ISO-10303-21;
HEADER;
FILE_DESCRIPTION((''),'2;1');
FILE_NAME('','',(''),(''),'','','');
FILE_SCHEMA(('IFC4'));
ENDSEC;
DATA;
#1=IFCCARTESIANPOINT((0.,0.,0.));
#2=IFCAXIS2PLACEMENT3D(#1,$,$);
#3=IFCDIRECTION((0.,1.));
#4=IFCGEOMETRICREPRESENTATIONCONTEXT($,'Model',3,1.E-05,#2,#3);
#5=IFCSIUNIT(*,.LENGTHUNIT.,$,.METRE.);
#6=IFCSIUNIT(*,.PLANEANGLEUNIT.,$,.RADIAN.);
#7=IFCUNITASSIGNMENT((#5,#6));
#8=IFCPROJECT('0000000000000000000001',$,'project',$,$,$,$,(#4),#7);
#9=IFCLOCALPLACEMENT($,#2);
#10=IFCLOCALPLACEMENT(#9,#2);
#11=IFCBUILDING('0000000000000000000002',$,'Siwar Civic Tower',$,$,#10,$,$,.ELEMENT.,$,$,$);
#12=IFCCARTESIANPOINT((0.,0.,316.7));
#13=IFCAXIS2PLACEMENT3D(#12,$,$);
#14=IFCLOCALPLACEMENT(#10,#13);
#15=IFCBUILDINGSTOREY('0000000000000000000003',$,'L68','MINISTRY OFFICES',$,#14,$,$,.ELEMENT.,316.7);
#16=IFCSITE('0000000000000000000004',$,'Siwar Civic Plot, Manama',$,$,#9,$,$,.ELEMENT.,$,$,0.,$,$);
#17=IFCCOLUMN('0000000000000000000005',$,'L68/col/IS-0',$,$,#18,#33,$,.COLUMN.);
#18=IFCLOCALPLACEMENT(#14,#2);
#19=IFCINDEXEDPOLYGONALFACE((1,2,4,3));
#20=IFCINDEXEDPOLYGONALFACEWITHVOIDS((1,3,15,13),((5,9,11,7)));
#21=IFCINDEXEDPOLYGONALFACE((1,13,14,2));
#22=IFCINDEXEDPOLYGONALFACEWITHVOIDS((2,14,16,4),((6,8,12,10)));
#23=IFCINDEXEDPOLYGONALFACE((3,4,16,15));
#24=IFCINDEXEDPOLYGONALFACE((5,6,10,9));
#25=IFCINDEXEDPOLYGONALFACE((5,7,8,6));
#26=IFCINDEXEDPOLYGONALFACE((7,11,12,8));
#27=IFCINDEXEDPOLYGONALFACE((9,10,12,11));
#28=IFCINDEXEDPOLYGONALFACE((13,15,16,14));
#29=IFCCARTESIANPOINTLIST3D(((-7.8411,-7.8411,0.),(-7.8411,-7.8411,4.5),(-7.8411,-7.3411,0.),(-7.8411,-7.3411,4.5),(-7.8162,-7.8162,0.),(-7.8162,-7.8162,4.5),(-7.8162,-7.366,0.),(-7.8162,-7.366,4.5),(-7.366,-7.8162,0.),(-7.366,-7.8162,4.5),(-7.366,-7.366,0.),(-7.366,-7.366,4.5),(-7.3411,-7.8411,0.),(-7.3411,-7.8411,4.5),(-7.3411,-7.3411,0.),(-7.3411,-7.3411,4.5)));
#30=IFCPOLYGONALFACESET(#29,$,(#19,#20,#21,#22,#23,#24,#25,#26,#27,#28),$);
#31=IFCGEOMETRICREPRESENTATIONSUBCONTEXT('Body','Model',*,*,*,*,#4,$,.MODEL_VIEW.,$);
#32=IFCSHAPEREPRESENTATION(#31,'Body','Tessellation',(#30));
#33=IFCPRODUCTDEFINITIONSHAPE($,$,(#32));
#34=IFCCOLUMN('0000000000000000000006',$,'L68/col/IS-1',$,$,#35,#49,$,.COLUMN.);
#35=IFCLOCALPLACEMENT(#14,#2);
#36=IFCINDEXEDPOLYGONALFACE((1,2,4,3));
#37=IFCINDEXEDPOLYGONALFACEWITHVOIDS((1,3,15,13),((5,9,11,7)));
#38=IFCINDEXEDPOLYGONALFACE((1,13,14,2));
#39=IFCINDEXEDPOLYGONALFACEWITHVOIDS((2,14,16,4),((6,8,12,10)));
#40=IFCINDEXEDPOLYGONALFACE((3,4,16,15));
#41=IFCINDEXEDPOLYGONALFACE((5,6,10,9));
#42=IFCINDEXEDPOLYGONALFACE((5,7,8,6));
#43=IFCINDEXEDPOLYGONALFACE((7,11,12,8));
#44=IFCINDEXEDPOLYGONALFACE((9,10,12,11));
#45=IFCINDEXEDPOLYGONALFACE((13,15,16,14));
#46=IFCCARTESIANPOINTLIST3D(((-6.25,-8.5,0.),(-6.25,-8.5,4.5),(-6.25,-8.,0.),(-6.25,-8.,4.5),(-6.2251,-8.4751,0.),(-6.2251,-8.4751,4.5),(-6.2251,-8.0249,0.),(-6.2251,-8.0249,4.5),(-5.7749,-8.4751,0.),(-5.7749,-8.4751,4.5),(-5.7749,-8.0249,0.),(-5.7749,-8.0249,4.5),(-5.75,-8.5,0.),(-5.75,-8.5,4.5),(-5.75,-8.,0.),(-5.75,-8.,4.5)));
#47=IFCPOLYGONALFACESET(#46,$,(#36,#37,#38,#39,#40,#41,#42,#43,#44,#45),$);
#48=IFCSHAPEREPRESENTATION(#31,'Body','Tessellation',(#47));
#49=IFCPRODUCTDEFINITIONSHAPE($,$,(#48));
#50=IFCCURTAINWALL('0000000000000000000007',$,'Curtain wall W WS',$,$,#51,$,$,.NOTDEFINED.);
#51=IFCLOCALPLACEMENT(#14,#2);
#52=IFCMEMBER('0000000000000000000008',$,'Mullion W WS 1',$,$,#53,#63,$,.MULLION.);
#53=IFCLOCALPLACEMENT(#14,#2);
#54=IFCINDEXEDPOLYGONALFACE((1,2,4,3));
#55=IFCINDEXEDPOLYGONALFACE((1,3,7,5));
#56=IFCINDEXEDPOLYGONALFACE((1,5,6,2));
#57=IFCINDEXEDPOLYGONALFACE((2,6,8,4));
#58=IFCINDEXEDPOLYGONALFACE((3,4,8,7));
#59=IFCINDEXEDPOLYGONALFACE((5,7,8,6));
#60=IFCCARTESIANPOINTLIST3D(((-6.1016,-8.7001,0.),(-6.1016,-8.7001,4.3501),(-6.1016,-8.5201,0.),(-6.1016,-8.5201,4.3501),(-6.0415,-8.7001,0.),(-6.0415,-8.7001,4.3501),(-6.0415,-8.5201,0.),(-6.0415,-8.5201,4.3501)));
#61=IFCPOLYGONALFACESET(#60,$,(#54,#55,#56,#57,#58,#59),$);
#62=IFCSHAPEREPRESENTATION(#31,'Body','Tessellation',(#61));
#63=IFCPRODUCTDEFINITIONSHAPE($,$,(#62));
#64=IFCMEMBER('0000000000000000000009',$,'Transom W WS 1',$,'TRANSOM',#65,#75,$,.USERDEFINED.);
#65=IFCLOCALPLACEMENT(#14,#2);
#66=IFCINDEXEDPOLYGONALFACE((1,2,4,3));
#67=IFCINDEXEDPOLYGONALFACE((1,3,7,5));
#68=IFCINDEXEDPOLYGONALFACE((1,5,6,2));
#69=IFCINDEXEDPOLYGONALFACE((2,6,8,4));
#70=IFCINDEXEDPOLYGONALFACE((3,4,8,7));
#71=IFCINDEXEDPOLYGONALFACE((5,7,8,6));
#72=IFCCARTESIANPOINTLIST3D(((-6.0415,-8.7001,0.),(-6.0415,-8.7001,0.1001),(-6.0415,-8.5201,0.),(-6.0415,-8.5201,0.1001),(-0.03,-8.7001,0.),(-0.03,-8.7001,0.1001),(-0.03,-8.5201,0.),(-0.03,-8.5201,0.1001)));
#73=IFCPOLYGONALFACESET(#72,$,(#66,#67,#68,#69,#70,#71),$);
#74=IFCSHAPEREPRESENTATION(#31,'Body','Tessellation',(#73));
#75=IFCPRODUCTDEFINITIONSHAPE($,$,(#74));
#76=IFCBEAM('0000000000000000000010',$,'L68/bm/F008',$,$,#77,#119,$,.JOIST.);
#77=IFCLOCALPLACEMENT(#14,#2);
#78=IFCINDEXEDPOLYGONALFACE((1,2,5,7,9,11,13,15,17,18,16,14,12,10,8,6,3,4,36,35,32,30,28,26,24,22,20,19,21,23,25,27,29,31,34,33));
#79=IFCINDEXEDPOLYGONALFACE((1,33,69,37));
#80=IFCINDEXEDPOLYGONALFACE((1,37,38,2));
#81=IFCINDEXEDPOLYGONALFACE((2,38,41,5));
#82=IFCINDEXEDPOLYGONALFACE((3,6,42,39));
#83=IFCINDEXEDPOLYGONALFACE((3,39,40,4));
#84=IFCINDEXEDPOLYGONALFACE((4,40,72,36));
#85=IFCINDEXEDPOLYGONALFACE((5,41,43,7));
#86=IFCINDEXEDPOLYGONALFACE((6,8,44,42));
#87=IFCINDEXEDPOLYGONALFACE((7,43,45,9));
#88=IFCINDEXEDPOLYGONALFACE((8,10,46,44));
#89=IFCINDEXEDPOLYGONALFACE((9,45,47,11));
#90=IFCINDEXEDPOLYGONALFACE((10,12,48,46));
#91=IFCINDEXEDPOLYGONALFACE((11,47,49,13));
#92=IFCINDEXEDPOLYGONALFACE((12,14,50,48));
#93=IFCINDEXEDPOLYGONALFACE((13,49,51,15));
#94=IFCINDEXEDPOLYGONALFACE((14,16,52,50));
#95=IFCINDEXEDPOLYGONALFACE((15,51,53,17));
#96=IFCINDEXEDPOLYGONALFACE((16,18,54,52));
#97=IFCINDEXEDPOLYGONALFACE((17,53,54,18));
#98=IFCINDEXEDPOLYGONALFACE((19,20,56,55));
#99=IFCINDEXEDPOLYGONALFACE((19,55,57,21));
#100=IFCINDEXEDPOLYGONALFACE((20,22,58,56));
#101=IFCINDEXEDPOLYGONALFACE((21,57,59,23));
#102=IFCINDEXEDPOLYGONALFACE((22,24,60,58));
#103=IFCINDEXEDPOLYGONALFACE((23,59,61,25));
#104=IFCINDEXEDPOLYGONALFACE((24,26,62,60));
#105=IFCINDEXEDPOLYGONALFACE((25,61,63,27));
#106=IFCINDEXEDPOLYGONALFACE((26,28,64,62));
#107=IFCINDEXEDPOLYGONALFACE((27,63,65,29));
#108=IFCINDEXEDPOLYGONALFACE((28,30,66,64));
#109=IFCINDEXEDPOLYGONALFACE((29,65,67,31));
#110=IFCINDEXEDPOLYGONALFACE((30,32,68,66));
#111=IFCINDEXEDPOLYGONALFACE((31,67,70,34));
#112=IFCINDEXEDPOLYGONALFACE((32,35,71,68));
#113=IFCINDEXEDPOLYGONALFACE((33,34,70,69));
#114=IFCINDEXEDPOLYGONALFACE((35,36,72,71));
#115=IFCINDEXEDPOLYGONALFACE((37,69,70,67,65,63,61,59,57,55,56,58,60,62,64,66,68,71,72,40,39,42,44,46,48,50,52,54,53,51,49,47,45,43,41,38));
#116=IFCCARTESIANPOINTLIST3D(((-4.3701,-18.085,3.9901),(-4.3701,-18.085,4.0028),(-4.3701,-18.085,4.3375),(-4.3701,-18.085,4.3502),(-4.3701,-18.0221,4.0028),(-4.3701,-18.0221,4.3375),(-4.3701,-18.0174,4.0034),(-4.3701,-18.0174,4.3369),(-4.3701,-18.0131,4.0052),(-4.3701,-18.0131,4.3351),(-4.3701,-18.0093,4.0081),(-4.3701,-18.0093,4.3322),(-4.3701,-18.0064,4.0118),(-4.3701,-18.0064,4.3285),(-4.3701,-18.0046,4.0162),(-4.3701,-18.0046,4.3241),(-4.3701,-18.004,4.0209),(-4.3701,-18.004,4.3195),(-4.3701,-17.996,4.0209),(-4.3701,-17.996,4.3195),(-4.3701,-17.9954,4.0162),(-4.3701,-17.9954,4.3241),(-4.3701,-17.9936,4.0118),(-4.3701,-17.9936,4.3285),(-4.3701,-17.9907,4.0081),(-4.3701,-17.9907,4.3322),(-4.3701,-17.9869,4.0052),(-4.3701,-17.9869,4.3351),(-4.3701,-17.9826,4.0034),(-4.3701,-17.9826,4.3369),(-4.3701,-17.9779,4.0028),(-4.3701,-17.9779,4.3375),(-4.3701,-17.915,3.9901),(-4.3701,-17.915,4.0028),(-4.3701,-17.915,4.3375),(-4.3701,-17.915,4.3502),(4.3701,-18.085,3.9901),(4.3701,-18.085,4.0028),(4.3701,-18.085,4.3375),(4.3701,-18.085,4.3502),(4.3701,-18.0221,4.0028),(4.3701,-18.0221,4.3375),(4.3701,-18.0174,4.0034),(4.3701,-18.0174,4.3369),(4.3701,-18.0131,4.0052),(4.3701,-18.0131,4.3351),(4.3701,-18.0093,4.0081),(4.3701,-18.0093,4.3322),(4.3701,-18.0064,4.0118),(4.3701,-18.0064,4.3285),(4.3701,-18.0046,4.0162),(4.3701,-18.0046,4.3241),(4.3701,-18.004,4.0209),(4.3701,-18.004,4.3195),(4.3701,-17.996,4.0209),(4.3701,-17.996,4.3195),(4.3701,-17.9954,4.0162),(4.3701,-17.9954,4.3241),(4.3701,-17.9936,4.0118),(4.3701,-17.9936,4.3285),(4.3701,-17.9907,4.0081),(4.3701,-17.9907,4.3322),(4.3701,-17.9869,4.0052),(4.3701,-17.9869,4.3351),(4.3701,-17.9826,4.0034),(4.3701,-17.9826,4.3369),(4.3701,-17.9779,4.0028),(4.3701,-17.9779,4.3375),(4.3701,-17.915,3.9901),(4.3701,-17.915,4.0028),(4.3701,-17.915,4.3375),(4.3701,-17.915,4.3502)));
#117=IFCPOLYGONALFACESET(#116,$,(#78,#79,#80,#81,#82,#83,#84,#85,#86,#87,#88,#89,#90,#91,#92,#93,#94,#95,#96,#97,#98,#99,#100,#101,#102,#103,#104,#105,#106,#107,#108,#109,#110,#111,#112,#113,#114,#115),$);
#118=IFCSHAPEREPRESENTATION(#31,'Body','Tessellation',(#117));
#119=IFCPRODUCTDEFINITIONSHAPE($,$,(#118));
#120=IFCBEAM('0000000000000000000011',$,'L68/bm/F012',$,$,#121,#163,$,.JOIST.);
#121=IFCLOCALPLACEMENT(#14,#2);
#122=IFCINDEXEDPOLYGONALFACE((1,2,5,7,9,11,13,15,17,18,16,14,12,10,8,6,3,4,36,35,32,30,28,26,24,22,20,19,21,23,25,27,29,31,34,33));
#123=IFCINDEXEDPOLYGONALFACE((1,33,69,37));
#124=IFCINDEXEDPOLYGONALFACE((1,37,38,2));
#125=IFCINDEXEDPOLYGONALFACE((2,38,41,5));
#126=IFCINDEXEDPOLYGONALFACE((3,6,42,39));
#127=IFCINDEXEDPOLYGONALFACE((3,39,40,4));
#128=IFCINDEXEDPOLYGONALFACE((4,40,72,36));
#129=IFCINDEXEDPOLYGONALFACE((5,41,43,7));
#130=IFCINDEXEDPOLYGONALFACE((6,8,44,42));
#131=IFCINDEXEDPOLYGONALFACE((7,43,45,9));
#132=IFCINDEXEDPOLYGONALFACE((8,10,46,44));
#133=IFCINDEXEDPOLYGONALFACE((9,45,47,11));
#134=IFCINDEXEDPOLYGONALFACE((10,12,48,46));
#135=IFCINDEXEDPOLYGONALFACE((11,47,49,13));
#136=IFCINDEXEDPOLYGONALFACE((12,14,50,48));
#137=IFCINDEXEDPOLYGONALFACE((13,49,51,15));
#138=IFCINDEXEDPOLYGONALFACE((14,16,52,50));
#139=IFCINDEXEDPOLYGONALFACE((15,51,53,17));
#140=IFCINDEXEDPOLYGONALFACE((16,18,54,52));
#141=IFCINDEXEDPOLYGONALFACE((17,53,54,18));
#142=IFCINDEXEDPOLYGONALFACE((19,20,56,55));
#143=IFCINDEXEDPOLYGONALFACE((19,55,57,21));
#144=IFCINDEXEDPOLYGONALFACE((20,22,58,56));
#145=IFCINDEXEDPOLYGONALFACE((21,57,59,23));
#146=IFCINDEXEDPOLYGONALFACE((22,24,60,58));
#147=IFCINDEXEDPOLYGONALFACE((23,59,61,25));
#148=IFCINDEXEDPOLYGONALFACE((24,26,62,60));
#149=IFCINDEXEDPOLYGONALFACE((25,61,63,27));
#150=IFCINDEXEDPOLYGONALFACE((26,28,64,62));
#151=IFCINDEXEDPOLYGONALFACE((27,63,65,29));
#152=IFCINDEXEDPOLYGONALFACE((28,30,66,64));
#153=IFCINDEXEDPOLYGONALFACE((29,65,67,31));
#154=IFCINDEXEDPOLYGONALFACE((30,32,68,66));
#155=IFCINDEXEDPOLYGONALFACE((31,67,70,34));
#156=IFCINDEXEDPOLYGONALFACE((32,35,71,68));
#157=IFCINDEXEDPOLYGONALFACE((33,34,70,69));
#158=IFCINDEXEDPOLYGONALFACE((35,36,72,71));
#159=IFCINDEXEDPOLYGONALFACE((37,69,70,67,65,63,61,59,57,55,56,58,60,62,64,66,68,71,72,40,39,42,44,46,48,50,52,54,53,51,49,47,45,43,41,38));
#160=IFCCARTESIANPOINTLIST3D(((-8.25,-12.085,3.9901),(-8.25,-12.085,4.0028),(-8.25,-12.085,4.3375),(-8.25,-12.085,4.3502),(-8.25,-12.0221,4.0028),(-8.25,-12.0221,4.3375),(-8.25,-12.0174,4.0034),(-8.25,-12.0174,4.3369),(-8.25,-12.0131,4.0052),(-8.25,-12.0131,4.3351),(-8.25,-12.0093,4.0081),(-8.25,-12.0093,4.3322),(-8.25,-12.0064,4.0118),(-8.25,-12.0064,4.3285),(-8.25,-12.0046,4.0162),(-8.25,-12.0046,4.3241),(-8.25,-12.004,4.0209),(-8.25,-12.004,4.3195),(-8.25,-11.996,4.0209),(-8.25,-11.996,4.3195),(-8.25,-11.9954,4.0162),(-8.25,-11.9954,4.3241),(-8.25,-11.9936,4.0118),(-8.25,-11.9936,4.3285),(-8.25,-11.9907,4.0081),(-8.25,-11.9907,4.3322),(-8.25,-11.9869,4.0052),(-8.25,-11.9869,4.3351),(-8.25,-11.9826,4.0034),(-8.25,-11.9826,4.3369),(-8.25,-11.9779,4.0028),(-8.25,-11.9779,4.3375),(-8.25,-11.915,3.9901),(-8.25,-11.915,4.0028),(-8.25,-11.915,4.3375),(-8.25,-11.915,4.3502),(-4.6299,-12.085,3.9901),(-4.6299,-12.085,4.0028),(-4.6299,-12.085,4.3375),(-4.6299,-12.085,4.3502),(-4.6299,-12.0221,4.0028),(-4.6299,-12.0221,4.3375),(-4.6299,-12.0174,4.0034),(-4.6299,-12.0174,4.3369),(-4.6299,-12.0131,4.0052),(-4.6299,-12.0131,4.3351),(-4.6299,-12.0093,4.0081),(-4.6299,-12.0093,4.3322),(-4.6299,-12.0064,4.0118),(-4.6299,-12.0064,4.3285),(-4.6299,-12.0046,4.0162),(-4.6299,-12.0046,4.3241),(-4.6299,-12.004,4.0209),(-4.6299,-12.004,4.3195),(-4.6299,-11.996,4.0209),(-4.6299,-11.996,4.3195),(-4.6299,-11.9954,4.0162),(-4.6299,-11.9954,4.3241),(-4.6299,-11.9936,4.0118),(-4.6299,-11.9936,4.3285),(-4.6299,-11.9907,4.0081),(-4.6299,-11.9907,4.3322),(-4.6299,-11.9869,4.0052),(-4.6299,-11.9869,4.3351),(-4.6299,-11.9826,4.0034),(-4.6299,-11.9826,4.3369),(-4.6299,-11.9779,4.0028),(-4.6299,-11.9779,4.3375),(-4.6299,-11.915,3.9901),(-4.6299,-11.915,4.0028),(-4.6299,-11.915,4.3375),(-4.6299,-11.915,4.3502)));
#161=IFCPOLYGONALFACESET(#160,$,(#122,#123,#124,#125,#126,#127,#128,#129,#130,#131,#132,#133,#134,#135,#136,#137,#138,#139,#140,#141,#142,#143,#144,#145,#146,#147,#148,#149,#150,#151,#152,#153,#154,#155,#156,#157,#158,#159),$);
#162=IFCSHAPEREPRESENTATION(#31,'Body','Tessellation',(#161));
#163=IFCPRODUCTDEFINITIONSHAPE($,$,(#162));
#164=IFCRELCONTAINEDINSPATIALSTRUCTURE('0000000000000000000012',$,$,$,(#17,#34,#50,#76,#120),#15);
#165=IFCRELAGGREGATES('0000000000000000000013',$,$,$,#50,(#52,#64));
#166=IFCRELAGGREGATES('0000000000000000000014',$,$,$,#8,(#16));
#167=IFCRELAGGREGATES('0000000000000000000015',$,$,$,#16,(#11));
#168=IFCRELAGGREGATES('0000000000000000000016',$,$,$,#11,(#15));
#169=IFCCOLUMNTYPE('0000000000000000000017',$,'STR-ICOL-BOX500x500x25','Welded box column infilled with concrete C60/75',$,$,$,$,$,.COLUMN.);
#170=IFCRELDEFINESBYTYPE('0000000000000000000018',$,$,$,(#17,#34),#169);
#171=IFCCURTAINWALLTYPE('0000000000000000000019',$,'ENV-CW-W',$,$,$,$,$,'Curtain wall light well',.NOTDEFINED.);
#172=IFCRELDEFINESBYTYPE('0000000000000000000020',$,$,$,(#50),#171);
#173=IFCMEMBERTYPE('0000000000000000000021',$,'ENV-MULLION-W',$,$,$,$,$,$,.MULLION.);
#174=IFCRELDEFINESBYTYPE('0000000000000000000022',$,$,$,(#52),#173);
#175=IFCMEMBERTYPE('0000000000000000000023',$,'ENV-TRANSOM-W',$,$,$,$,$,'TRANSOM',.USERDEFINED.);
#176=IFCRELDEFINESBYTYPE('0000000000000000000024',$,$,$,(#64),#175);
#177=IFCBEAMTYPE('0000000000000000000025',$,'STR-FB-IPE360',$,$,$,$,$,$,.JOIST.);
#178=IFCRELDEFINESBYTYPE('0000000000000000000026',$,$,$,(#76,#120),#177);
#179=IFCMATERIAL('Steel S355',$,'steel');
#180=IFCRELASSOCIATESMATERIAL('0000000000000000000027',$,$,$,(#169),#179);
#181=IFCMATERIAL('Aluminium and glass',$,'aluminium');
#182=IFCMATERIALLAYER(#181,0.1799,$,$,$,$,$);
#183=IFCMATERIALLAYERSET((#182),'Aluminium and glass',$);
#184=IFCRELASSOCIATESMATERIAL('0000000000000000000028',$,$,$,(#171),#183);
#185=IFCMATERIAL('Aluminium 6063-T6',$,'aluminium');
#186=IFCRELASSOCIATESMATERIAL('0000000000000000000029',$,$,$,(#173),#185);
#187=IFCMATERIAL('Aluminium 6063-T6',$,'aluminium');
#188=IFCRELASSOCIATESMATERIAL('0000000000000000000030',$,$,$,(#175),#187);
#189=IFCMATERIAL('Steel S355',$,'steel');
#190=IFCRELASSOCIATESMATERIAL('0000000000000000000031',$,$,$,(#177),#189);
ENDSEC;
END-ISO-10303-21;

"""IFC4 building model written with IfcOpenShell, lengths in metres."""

from ifc_helpers import new_model, si_unit, direction, frame, origin, origin_2d, place, context, subcontext, project, spatial, rectangle, hollow_rectangle, i_section, extrude, material, layer, layer_set, material_profile, profile_set, type_object, element, aggregate, save


model = new_model("IFC4")

# Units and contexts
model_context = context("Model", 3, precision=1e-05, world=origin(), true_north=direction((0.0, 1.0)))
body_context = subcontext(model_context, "Body", "Model", "MODEL_VIEW")
ifc_project = project(units=[si_unit("LENGTHUNIT", "METRE"), si_unit("PLANEANGLEUNIT", "RADIAN")], contexts=[model_context])

# Site, building, storey
site_placement = place(None, origin())
site = spatial("IfcSite", under=ifc_project, at=site_placement, Name="Siwar Civic Plot, Manama", CompositionType="ELEMENT", RefElevation=0.0)
building_placement = place(site_placement, origin())
building = spatial("IfcBuilding", under=site, at=building_placement, Name="Siwar Civic Tower", CompositionType="ELEMENT")
storey_placement = place(building_placement, frame((0.0, 0.0, 316.7)))
storey = spatial("IfcBuildingStorey", under=building, at=storey_placement, Name="L68", Description="MINISTRY OFFICES", CompositionType="ELEMENT", Elevation=316.7)

# Columns
ifc_material_1 = material(Name="Steel S355", Category="steel")
ifc_material_profile_1 = material_profile(ifc_material_1, hollow_rectangle(XDim=0.5, YDim=0.5, WallThickness=0.0249, at=origin_2d()), Name="BOX500x500x25")
ifc_profile_set_1 = profile_set([ifc_material_profile_1], Name="Steel S355")
column_type = type_object("IfcColumnType", Name="STR-ICOL-BOX500x500x25", Description="Welded box column infilled with concrete C60/75", PredefinedType="COLUMN", material=ifc_profile_set_1)
for number, where, z_axis, x_axis, name in (
    (1, (-7.5911, -7.5911, 0.0), (0.0, 0.0, 1.0), (1.0, 0.0, 0.0), "L68/col/IS-0"),
    (2, (-6.0, -8.25, 0.0), (0.0, 0.0, 1.0), (1.0, 0.0, 0.0), "L68/col/IS-1"),
):
    element("IfcColumn", number, at=place(storey_placement, frame(where, z_axis=z_axis, x_axis=x_axis)), inside=storey, type_object=column_type, Name=name, PredefinedType="COLUMN", context=body_context, shape_type="SweptSolid", body=[
        extrude(hollow_rectangle(XDim=0.5, YDim=0.5, WallThickness=0.0249, at=origin_2d()), origin(), (0.0, 0.0, 1.0), 4.5),
    ])

# Curtain wall, members
ifc_material_2 = material(Name="Aluminium and glass", Category="aluminium")
ifc_layer_1 = layer(ifc_material_2, 0.1799)
ifc_layer_set_1 = layer_set([ifc_layer_1], Name="Aluminium and glass")
curtain_wall_type = type_object("IfcCurtainWallType", Name="ENV-CW-W", ElementType="Curtain wall light well", PredefinedType="NOTDEFINED", material=ifc_layer_set_1)
curtain_wall_placement = place(storey_placement, origin())
curtain_wall = element("IfcCurtainWall", 3, at=curtain_wall_placement, inside=storey, type_object=curtain_wall_type, Name="Curtain wall W WS", PredefinedType="NOTDEFINED")
ifc_material_3 = material(Name="Aluminium 6063-T6", Category="aluminium")
ifc_material_profile_2 = material_profile(ifc_material_3, rectangle(XDim=0.1799, YDim=0.0601, at=origin_2d()), Name="AL 180x60")
ifc_profile_set_2 = profile_set([ifc_material_profile_2], Name="Aluminium 6063-T6")
member_type_1 = type_object("IfcMemberType", Name="ENV-MULLION-W", PredefinedType="MULLION", material=ifc_profile_set_2)
member_1_placement = place(storey_placement, frame((-6.0715, -8.6101, 0.0), z_axis=(0.0, 0.0, 1.0), x_axis=(0.0, 1.0, 0.0)))
member_1 = element("IfcMember", 4, at=member_1_placement, type_object=member_type_1, Name="Mullion W WS 1", PredefinedType="MULLION", context=body_context, shape_type="SweptSolid", body=[
    extrude(rectangle(XDim=0.1799, YDim=0.0601, at=origin_2d()), origin(), (0.0, 0.0, 1.0), 4.3501),
])
ifc_material_4 = material(Name="Aluminium 6063-T6", Category="aluminium")
ifc_material_profile_3 = material_profile(ifc_material_4, rectangle(XDim=0.1799, YDim=0.1001, at=origin_2d()), Name="AL 180x100")
ifc_profile_set_3 = profile_set([ifc_material_profile_3], Name="Aluminium 6063-T6")
member_type_2 = type_object("IfcMemberType", Name="ENV-TRANSOM-W", ElementType="TRANSOM", PredefinedType="USERDEFINED", material=ifc_profile_set_3)
member_2_placement = place(storey_placement, frame((-6.0415, -8.6101, 0.05), z_axis=(1.0, 0.0, 0.0), x_axis=(0.0, 1.0, 0.0)))
member_2 = element("IfcMember", 5, at=member_2_placement, type_object=member_type_2, Name="Transom W WS 1", ObjectType="TRANSOM", PredefinedType="USERDEFINED", context=body_context, shape_type="SweptSolid", body=[
    extrude(rectangle(XDim=0.1799, YDim=0.1001, at=origin_2d()), origin(), (0.0, 0.0, 1.0), 6.0115),
])

# Beams
ifc_material_5 = material(Name="Steel S355", Category="steel")
ifc_material_profile_4 = material_profile(ifc_material_5, i_section(OverallWidth=0.1699, OverallDepth=0.3601, WebThickness=0.0081, FlangeThickness=0.0127, FilletRadius=0.0181, at=origin_2d()), Name="IPE360")
ifc_profile_set_4 = profile_set([ifc_material_profile_4], Name="Steel S355")
beam_type_1 = type_object("IfcBeamType", Name="STR-FB-IPE360", PredefinedType="JOIST", material=ifc_profile_set_4)
beam_1_placement = place(storey_placement, frame((-4.3701, -18.0, 4.1702), z_axis=(1.0, 0.0, 0.0), x_axis=(0.0, 1.0, 0.0)))
element("IfcBeam", 6, at=beam_1_placement, inside=storey, type_object=beam_type_1, Name="L68/bm/F008", PredefinedType="JOIST", context=body_context, shape_type="SweptSolid", body=[
    extrude(i_section(OverallWidth=0.1699, OverallDepth=0.3601, WebThickness=0.0081, FlangeThickness=0.0127, FilletRadius=0.0181, at=origin_2d()), origin(), (0.0, 0.0, 1.0), 8.7402),
])
beam_2_placement = place(storey_placement, frame((-8.25, -12.0, 4.1702), z_axis=(1.0, 0.0, 0.0), x_axis=(0.0, 1.0, 0.0)))
element("IfcBeam", 7, at=beam_2_placement, inside=storey, type_object=beam_type_1, Name="L68/bm/F012", PredefinedType="JOIST", context=body_context, shape_type="SweptSolid", body=[
    extrude(i_section(OverallWidth=0.1699, OverallDepth=0.3601, WebThickness=0.0081, FlangeThickness=0.0127, FilletRadius=0.0181, at=origin_2d()), origin(), (0.0, 0.0, 1.0), 3.6201),
])

aggregate(curtain_wall, [member_1, member_2])

save(model, "model.ifc")
